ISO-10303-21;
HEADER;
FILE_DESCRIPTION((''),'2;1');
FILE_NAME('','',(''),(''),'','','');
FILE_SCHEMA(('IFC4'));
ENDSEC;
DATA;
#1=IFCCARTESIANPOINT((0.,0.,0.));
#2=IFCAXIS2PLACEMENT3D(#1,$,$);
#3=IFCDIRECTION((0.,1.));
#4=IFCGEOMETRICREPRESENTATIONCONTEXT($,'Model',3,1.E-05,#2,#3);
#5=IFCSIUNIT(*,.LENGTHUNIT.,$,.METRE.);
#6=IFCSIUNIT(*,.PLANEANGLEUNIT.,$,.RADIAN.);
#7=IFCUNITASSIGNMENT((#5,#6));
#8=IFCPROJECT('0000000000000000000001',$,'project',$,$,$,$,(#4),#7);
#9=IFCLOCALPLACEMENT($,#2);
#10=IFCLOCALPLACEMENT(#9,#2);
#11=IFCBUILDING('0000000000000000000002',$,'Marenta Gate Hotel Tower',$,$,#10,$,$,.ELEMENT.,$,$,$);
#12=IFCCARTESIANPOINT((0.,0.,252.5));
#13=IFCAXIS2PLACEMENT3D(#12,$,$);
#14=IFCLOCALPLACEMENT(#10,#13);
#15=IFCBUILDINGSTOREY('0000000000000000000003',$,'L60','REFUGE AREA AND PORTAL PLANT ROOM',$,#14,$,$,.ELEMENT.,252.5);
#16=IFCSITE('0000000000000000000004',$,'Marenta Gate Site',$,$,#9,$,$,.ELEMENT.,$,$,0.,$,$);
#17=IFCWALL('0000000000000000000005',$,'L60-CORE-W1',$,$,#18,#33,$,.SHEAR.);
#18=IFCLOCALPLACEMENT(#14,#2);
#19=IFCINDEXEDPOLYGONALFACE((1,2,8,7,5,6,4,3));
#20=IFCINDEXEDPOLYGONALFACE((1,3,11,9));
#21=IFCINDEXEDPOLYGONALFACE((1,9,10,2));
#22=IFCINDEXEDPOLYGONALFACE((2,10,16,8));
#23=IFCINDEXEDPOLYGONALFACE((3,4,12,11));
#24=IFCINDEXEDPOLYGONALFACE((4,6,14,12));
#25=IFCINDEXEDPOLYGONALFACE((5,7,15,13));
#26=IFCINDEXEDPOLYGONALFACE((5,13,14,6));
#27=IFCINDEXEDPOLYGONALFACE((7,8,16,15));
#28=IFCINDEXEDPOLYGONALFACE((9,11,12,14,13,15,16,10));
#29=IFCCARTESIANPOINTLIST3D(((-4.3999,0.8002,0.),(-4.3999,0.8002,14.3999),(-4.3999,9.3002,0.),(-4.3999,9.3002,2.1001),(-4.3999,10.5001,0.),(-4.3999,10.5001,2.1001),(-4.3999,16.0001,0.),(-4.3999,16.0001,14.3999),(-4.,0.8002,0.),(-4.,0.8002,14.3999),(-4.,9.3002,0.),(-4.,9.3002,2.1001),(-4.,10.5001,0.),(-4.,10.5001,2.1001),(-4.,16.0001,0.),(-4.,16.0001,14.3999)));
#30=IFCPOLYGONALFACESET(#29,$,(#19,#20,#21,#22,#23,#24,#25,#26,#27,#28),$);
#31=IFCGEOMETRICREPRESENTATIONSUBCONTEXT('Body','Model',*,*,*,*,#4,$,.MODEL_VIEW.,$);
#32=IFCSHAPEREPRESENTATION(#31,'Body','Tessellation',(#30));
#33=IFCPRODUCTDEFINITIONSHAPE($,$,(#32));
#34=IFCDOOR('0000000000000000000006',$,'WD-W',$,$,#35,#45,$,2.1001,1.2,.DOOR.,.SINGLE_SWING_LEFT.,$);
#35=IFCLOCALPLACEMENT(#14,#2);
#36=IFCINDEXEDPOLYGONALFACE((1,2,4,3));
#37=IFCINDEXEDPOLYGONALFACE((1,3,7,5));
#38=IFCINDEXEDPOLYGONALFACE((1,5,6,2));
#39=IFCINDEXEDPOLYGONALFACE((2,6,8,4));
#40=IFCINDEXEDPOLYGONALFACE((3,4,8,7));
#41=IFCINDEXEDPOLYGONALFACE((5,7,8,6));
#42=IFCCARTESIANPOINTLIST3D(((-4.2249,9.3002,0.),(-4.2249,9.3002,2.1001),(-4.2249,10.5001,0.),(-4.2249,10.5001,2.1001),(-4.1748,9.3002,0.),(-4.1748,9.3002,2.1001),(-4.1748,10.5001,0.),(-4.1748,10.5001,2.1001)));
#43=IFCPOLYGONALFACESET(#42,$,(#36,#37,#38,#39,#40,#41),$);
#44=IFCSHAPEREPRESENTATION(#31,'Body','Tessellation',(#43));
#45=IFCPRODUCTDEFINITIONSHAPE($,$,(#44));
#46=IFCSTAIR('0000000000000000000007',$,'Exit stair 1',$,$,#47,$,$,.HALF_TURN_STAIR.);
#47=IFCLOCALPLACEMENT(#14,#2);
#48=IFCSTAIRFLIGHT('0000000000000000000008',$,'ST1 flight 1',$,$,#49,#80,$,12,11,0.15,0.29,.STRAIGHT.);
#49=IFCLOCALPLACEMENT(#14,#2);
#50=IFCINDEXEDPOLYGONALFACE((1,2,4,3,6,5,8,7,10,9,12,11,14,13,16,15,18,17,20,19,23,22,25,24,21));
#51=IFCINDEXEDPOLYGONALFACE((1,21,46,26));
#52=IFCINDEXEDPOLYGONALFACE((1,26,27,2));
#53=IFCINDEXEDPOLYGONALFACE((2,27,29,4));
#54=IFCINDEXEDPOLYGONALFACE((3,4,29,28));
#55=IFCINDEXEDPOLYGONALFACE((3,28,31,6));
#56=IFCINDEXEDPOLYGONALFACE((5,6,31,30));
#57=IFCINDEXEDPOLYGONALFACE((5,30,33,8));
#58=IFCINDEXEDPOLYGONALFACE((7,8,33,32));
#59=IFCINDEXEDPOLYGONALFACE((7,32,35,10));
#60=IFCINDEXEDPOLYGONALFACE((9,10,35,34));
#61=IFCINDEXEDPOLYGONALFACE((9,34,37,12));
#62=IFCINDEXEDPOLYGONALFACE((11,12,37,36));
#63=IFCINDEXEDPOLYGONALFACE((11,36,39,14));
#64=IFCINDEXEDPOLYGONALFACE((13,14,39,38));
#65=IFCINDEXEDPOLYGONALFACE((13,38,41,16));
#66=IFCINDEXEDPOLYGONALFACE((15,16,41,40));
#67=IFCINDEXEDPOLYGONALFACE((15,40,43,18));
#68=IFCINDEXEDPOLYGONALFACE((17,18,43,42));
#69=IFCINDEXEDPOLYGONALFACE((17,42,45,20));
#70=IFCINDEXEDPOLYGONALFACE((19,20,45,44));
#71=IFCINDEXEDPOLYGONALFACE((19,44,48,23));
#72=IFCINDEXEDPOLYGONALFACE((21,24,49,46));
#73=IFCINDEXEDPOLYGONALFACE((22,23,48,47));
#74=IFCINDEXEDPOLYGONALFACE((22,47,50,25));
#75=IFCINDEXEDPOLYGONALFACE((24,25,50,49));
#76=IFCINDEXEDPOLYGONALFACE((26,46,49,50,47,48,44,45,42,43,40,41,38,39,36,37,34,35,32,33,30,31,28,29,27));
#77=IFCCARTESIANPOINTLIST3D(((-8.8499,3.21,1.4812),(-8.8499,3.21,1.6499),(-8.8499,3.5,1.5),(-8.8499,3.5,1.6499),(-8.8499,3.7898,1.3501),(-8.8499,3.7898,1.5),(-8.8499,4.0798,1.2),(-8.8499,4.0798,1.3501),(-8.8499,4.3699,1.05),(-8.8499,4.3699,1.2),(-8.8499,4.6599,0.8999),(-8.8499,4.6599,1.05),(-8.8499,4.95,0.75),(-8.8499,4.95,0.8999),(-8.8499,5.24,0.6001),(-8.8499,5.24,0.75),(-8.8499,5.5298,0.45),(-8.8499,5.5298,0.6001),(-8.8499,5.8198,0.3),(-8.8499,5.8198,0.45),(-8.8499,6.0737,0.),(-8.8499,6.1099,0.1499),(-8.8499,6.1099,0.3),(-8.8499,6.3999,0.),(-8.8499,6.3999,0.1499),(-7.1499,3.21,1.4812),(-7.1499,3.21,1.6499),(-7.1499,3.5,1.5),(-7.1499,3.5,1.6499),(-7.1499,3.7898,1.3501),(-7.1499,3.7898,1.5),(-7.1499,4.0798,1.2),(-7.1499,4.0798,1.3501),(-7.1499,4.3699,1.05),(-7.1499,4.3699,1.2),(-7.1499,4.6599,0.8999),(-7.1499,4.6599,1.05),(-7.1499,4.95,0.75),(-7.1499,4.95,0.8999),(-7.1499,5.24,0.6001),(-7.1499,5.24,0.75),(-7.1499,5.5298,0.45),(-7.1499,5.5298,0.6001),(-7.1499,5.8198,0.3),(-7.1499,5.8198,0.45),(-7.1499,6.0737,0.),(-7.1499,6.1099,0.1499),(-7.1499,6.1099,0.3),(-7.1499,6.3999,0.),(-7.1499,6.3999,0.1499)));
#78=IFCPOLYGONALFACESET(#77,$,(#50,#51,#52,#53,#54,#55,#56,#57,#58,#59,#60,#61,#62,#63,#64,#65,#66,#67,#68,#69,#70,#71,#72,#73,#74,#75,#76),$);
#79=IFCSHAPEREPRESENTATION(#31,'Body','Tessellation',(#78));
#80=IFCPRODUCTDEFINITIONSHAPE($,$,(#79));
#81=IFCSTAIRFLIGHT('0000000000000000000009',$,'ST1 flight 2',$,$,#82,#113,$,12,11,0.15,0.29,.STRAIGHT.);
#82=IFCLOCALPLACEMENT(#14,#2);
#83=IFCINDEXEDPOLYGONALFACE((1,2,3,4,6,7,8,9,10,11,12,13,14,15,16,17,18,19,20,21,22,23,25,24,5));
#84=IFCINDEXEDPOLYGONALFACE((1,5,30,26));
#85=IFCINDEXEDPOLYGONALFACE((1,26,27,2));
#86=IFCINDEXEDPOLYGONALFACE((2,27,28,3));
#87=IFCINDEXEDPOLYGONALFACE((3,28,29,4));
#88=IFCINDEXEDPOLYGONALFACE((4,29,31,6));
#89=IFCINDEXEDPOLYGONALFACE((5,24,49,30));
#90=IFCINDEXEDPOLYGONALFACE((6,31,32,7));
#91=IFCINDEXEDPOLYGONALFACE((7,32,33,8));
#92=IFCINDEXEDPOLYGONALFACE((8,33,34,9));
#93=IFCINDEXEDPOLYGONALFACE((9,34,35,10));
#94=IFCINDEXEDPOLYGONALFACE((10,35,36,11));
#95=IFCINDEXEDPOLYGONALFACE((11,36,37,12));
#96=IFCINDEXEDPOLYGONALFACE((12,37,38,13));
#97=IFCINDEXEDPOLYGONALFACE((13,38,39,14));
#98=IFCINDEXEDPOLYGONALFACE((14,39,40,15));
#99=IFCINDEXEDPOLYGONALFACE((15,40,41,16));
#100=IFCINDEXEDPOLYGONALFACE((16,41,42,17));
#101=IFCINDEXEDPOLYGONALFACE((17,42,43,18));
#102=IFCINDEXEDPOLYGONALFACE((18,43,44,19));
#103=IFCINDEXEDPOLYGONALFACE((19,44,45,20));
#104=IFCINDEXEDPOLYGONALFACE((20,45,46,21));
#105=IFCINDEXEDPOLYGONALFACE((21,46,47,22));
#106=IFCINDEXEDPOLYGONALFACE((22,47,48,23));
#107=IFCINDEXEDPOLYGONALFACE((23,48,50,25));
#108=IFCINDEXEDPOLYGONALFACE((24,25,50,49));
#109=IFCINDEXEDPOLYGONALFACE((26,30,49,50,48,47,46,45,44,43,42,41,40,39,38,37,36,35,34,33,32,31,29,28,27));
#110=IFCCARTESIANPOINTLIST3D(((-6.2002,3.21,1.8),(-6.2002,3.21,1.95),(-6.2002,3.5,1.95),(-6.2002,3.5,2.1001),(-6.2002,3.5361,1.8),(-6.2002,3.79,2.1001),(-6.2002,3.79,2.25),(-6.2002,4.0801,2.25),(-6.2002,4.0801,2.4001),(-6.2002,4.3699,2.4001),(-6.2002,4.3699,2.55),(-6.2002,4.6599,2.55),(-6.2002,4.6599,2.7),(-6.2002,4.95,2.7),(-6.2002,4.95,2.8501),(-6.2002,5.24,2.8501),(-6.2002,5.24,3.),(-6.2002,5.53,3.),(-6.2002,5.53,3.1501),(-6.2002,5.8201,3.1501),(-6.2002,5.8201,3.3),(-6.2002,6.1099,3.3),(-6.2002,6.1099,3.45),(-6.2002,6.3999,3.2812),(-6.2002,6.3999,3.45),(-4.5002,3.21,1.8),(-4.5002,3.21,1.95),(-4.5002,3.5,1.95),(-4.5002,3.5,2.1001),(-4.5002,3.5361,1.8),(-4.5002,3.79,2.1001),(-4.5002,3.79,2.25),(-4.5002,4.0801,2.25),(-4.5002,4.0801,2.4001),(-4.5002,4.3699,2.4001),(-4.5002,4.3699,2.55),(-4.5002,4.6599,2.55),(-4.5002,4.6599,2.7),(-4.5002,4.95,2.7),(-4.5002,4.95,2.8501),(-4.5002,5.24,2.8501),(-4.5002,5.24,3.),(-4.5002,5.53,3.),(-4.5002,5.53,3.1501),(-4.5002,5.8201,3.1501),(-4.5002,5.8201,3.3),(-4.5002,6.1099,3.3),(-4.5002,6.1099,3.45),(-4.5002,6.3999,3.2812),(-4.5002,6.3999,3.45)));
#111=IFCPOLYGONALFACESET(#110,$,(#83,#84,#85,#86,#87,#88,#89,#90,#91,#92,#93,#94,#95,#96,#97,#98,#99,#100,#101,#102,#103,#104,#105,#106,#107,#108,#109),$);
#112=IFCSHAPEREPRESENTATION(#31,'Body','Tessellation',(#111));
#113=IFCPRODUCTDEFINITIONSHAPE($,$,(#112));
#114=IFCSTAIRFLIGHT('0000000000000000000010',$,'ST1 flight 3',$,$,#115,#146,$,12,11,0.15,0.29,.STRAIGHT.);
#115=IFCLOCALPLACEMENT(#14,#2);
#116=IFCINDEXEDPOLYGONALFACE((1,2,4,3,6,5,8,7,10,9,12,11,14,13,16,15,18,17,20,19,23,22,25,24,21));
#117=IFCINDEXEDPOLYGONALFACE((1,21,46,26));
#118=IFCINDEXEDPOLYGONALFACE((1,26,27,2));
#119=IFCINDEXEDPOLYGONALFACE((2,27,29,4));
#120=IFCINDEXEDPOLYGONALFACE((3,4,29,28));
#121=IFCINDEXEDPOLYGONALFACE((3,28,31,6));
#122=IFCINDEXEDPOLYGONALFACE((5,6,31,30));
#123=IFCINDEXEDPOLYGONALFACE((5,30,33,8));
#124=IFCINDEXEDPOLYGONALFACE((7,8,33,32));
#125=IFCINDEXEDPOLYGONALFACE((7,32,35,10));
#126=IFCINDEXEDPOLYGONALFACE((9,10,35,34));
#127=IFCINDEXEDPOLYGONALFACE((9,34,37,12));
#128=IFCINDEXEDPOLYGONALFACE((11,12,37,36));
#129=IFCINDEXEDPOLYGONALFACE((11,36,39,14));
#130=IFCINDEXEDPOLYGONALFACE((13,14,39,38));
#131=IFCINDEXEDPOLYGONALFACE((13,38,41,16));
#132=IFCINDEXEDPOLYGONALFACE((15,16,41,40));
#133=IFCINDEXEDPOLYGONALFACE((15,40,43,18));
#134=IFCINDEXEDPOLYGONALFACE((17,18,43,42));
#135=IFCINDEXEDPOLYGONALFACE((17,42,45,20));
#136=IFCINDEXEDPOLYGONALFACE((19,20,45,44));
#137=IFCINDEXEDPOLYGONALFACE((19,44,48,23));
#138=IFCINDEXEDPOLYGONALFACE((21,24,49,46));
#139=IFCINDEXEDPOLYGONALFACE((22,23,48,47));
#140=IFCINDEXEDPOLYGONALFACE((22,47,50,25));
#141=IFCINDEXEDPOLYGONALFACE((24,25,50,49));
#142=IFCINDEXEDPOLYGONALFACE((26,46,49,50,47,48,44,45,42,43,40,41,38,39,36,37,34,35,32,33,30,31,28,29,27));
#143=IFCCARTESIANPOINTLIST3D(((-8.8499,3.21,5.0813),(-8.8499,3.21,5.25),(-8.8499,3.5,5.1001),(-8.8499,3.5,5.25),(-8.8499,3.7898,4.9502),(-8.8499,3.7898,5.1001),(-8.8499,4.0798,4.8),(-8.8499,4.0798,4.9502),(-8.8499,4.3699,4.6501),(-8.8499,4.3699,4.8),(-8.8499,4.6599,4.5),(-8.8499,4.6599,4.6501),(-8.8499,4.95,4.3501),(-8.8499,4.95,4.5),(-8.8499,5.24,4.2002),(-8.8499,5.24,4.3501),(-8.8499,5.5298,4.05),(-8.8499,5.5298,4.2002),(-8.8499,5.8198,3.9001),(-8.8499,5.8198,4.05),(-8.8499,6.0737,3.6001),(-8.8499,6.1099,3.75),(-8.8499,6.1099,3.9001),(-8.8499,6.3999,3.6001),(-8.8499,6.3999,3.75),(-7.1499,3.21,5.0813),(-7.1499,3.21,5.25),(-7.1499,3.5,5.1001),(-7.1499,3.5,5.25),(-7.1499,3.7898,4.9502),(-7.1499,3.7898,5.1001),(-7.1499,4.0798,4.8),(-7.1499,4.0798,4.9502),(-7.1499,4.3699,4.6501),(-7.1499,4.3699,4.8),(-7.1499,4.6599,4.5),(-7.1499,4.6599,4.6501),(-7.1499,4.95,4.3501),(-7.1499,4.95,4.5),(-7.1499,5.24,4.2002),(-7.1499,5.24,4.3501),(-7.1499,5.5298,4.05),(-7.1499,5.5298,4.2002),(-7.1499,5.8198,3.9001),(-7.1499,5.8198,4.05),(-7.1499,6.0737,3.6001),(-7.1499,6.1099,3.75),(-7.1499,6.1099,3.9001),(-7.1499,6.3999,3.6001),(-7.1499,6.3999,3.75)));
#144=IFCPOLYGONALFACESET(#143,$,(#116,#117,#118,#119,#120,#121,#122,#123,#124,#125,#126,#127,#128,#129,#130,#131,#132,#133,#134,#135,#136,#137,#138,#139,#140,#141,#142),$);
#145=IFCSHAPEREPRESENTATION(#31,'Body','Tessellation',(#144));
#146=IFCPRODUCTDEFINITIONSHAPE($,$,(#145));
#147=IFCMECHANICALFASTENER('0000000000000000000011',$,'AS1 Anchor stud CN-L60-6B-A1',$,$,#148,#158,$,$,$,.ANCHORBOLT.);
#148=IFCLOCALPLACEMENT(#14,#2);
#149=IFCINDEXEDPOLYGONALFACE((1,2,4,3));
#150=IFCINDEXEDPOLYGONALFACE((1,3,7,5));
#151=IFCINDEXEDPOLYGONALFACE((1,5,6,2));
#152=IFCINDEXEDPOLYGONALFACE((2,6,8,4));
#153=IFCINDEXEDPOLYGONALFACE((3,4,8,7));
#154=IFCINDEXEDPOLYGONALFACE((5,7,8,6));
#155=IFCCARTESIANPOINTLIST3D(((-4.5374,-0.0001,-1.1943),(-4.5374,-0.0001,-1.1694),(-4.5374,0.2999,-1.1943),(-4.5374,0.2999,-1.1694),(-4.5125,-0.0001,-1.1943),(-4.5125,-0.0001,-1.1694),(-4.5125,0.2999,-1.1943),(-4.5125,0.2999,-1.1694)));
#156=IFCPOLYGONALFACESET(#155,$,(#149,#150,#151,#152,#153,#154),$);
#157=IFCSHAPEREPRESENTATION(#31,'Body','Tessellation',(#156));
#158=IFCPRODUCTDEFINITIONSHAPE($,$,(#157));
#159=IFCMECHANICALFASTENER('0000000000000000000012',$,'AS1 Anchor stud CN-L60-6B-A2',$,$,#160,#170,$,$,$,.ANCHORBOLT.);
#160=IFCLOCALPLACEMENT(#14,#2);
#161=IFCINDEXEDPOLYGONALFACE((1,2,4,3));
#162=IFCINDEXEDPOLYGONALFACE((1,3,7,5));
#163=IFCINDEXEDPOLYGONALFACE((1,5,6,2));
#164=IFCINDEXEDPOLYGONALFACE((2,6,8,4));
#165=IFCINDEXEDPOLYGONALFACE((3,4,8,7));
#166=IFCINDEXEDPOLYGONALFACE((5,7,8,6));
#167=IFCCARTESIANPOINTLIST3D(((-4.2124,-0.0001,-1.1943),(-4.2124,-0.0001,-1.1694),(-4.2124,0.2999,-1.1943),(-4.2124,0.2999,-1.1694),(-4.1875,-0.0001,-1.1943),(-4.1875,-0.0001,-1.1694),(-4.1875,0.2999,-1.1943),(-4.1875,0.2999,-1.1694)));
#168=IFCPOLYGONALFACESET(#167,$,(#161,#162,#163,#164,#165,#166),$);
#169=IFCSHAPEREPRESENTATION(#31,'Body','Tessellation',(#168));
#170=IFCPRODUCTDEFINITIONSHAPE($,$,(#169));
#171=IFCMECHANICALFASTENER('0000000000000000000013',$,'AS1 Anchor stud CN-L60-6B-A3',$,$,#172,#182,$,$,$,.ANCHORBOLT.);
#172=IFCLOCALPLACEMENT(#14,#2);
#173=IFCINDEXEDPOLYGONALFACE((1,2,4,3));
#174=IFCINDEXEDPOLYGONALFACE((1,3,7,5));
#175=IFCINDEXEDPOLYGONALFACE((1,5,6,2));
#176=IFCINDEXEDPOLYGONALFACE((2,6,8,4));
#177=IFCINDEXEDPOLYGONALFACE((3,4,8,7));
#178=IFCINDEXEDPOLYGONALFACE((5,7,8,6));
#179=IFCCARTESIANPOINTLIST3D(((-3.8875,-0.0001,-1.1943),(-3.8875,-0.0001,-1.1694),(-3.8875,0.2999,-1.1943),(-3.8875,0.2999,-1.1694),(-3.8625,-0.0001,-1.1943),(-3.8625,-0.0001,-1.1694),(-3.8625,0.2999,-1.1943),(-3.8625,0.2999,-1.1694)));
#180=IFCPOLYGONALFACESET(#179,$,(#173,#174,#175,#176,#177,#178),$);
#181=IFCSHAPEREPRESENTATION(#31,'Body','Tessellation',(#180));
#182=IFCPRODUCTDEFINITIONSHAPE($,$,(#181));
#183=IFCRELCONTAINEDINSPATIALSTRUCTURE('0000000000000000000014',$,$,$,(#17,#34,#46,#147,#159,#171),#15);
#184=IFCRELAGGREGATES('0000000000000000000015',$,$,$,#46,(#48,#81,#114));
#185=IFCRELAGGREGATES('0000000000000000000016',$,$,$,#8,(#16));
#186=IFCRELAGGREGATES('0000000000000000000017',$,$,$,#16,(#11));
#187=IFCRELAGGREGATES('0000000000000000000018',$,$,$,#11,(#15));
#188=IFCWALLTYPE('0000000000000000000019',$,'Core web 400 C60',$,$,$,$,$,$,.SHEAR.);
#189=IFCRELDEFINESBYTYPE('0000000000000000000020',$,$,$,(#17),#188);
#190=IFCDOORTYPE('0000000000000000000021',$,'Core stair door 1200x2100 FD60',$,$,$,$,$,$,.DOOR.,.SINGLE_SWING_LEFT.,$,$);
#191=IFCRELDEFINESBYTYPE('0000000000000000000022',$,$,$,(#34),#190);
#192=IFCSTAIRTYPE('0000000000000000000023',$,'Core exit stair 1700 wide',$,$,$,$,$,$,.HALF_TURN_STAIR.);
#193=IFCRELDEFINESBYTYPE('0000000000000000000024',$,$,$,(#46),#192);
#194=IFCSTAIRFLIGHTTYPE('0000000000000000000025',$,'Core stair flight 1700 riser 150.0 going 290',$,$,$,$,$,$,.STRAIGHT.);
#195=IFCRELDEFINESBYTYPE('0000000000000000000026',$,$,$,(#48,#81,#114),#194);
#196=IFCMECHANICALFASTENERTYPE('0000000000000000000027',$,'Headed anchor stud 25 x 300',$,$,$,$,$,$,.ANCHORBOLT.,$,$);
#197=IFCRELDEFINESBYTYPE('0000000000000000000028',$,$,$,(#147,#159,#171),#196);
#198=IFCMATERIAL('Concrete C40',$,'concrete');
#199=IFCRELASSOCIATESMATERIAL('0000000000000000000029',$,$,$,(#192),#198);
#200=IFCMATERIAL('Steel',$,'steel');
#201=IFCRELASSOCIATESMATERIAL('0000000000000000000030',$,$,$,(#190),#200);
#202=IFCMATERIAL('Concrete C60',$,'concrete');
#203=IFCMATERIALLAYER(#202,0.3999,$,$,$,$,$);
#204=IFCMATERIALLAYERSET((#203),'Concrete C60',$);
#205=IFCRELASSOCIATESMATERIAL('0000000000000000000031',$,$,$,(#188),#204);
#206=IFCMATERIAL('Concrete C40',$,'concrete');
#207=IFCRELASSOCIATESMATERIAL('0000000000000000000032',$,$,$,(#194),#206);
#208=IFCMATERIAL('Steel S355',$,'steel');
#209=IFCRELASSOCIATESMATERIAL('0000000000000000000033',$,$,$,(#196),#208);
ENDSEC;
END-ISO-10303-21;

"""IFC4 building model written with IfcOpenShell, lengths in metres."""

from ifc_helpers import new_model, si_unit, direction, frame, frame_2d, origin, origin_2d, place, context, subcontext, project, spatial, polyline, rectangle, outline, extrude, material, layer, layer_set, type_object, element, fill, aggregate, save


model = new_model("IFC4")

# Units and contexts
model_context = context("Model", 3, precision=1e-05, world=origin(), true_north=direction((0.0, 1.0)))
body_context = subcontext(model_context, "Body", "Model", "MODEL_VIEW")
ifc_project = project(units=[si_unit("LENGTHUNIT", "METRE"), si_unit("PLANEANGLEUNIT", "RADIAN")], contexts=[model_context])

# Site, building, storey
site_placement = place(None, origin())
site = spatial("IfcSite", under=ifc_project, at=site_placement, Name="Marenta Gate Site", CompositionType="ELEMENT", RefElevation=0.0)
building_placement = place(site_placement, origin())
building = spatial("IfcBuilding", under=site, at=building_placement, Name="Marenta Gate Hotel Tower", CompositionType="ELEMENT")
storey_placement = place(building_placement, frame((0.0, 0.0, 252.5)))
storey = spatial("IfcBuildingStorey", under=building, at=storey_placement, Name="L60", Description="REFUGE AREA AND PORTAL PLANT ROOM", CompositionType="ELEMENT", Elevation=252.5)

# Shared definitions
ifc_material_1 = material(Name="Concrete C40", Category="concrete")
stair_type = type_object("IfcStairType", Name="Core exit stair 1700 wide", PredefinedType="HALF_TURN_STAIR", material=ifc_material_1)

# Wall, opening, door
ifc_material_2 = material(Name="Steel", Category="steel")
door_type_1 = type_object("IfcDoorType", Name="Core stair door 1200x2100 FD60", OperationType="SINGLE_SWING_LEFT", PredefinedType="DOOR", material=ifc_material_2)
ifc_material_3 = material(Name="Concrete C60", Category="concrete")
ifc_layer_1 = layer(ifc_material_3, 0.3999)
ifc_layer_set_1 = layer_set([ifc_layer_1], Name="Concrete C60")
wall_type_1 = type_object("IfcWallType", Name="Core web 400 C60", PredefinedType="SHEAR", material=ifc_layer_set_1)
wall_1_placement = place(storey_placement, frame((-4.2, 0.8, 0.0), z_axis=(0.0, 0.0, 1.0), x_axis=(0.0, 1.0, 0.0)))
wall_1 = element("IfcWall", 1, at=wall_1_placement, inside=storey, type_object=wall_type_1, Name="L60-CORE-W1", PredefinedType="SHEAR", context=body_context, shape_type="SweptSolid", body=[
    extrude(rectangle(XDim=15.2, YDim=0.3999, at=frame_2d((7.6001, 0.0))), origin(), (0.0, 0.0, 1.0), 14.3999),
])
opening_1_placement = place(wall_1_placement, frame((8.5, 0.0, 0.0)))
opening_1 = element("IfcOpeningElement", 2, at=opening_1_placement, cuts=wall_1, PredefinedType="OPENING", context=body_context, shape_type="SweptSolid", body=[
    extrude(rectangle(XDim=1.2, YDim=2.1001, at=frame_2d((0.6001, 1.05))), frame((0.0, 0.2, 0.0), z_axis=(0.0, -1.0, 0.0), x_axis=(1.0, 0.0, 0.0)), (0.0, 0.0, 1.0), 0.3999),
])
door_1_placement = place(opening_1_placement, origin())
door_1 = element("IfcDoor", 3, at=door_1_placement, inside=storey, type_object=door_type_1, Name="WD-W", OperationType="SINGLE_SWING_LEFT", OverallHeight=2.1001, OverallWidth=1.2, PredefinedType="DOOR", context=body_context, shape_type="SweptSolid", body=[
    extrude(rectangle(XDim=1.2, YDim=2.1001, at=frame_2d((0.6001, 1.05))), frame((0.0, 0.0249, 0.0), z_axis=(0.0, -1.0, 0.0), x_axis=(1.0, 0.0, 0.0)), (0.0, 0.0, 1.0), 0.05),
])
fill(opening_1, door_1)

# Stair, stair flights
stair_1_placement = place(storey_placement, origin())
stair_1 = element("IfcStair", 4, at=stair_1_placement, inside=storey, type_object=stair_type, Name="Exit stair 1", PredefinedType="HALF_TURN_STAIR")
ifc_material_4 = material(Name="Concrete C40", Category="concrete")
stair_flight_type = type_object("IfcStairFlightType", Name="Core stair flight 1700 riser 150.0 going 290", PredefinedType="STRAIGHT", material=ifc_material_4)
stair_flight_1_placement = place(storey_placement, frame((-8.0, 6.3999, 0.0), z_axis=(0.0, 0.0, 1.0), x_axis=(0.0, -1.0, 0.0)))
stair_flight_1 = element("IfcStairFlight", 5, at=stair_flight_1_placement, type_object=stair_flight_type, Name="ST1 flight 1", NumberOfRisers=12, NumberOfTreads=11, PredefinedType="STRAIGHT", RiserHeight=0.15, TreadLength=0.29, context=body_context, shape_type="SweptSolid", body=[
    extrude(outline(polyline([(0.0, 0.0), (0.0, 0.1499), (0.29, 0.1499), (0.29, 0.3), (0.5801, 0.3), (0.5801, 0.45), (0.8701, 0.45), (0.8701, 0.6001), (1.1599, 0.6001), (1.1599, 0.75), (1.45, 0.75), (1.45, 0.8999), (1.74, 0.8999), (1.74, 1.05), (2.03, 1.05), (2.03, 1.2), (2.3201, 1.2), (2.3201, 1.3501), (2.6101, 1.3501), (2.6101, 1.5), (2.8999, 1.5), (2.8999, 1.6499), (3.1899, 1.6499), (3.1899, 1.8), (3.1899, 1.4812), (0.3262, 0.0), (0.0, 0.0)])), frame((0.0, 0.8501, 0.0), z_axis=(0.0, -1.0, 0.0), x_axis=(1.0, 0.0, 0.0)), (0.0, 0.0, 1.0), 1.7),
])
stair_flight_2_placement = place(storey_placement, frame((-5.3501, 3.21, 1.8), z_axis=(0.0, 0.0, 1.0), x_axis=(0.0, 1.0, 0.0)))
stair_flight_2 = element("IfcStairFlight", 6, at=stair_flight_2_placement, type_object=stair_flight_type, Name="ST1 flight 2", NumberOfRisers=12, NumberOfTreads=11, PredefinedType="STRAIGHT", RiserHeight=0.15, TreadLength=0.29, context=body_context, shape_type="SweptSolid", body=[
    extrude(outline(polyline([(0.0, 0.0), (0.0, 0.1499), (0.29, 0.1499), (0.29, 0.3), (0.5801, 0.3), (0.5801, 0.45), (0.8701, 0.45), (0.8701, 0.6001), (1.1599, 0.6001), (1.1599, 0.75), (1.45, 0.75), (1.45, 0.8999), (1.74, 0.8999), (1.74, 1.05), (2.03, 1.05), (2.03, 1.2), (2.3201, 1.2), (2.3201, 1.3501), (2.6101, 1.3501), (2.6101, 1.5), (2.8999, 1.5), (2.8999, 1.6499), (3.1899, 1.6499), (3.1899, 1.8), (3.1899, 1.4812), (0.3262, 0.0), (0.0, 0.0)])), frame((0.0, 0.8501, 0.0), z_axis=(0.0, -1.0, 0.0), x_axis=(1.0, 0.0, 0.0)), (0.0, 0.0, 1.0), 1.7),
])
stair_flight_3_placement = place(storey_placement, frame((-8.0, 6.3999, 3.6001), z_axis=(0.0, 0.0, 1.0), x_axis=(0.0, -1.0, 0.0)))
stair_flight_3 = element("IfcStairFlight", 7, at=stair_flight_3_placement, type_object=stair_flight_type, Name="ST1 flight 3", NumberOfRisers=12, NumberOfTreads=11, PredefinedType="STRAIGHT", RiserHeight=0.15, TreadLength=0.29, context=body_context, shape_type="SweptSolid", body=[
    extrude(outline(polyline([(0.0, 0.0), (0.0, 0.1499), (0.29, 0.1499), (0.29, 0.3), (0.5801, 0.3), (0.5801, 0.45), (0.8701, 0.45), (0.8701, 0.6001), (1.1599, 0.6001), (1.1599, 0.75), (1.45, 0.75), (1.45, 0.8999), (1.74, 0.8999), (1.74, 1.05), (2.03, 1.05), (2.03, 1.2), (2.3201, 1.2), (2.3201, 1.3501), (2.6101, 1.3501), (2.6101, 1.5), (2.8999, 1.5), (2.8999, 1.6499), (3.1899, 1.6499), (3.1899, 1.8), (3.1899, 1.4812), (0.3262, 0.0), (0.0, 0.0)])), frame((0.0, 0.8501, 0.0), z_axis=(0.0, -1.0, 0.0), x_axis=(1.0, 0.0, 0.0)), (0.0, 0.0, 1.0), 1.7),
])
aggregate(stair_1, [stair_flight_1, stair_flight_2, stair_flight_3])

# Mechanical fasteners
ifc_material_5 = material(Name="Steel S355", Category="steel")
mechanical_fastener_type = type_object("IfcMechanicalFastenerType", Name="Headed anchor stud 25 x 300", PredefinedType="ANCHORBOLT", material=ifc_material_5)
for number, where, z_axis, x_axis, name in (
    (8, (-4.5249, 0.1499, -1.1943), (0.0, 0.0, 1.0), (1.0, 0.0, 0.0), "AS1 Anchor stud CN-L60-6B-A1"),
    (9, (-4.2, 0.1499, -1.1943), (0.0, 0.0, 1.0), (1.0, 0.0, 0.0), "AS1 Anchor stud CN-L60-6B-A2"),
    (10, (-3.875, 0.1499, -1.1943), (0.0, 0.0, 1.0), (1.0, 0.0, 0.0), "AS1 Anchor stud CN-L60-6B-A3"),
):
    element("IfcMechanicalFastener", number, at=place(storey_placement, frame(where, z_axis=z_axis, x_axis=x_axis)), inside=storey, type_object=mechanical_fastener_type, Name=name, PredefinedType="ANCHORBOLT", context=body_context, shape_type="SweptSolid", body=[
        extrude(rectangle(XDim=0.0249, YDim=0.3, at=origin_2d()), origin(), (0.0, 0.0, 1.0), 0.0249),
    ])

save(model, "model.ifc")
